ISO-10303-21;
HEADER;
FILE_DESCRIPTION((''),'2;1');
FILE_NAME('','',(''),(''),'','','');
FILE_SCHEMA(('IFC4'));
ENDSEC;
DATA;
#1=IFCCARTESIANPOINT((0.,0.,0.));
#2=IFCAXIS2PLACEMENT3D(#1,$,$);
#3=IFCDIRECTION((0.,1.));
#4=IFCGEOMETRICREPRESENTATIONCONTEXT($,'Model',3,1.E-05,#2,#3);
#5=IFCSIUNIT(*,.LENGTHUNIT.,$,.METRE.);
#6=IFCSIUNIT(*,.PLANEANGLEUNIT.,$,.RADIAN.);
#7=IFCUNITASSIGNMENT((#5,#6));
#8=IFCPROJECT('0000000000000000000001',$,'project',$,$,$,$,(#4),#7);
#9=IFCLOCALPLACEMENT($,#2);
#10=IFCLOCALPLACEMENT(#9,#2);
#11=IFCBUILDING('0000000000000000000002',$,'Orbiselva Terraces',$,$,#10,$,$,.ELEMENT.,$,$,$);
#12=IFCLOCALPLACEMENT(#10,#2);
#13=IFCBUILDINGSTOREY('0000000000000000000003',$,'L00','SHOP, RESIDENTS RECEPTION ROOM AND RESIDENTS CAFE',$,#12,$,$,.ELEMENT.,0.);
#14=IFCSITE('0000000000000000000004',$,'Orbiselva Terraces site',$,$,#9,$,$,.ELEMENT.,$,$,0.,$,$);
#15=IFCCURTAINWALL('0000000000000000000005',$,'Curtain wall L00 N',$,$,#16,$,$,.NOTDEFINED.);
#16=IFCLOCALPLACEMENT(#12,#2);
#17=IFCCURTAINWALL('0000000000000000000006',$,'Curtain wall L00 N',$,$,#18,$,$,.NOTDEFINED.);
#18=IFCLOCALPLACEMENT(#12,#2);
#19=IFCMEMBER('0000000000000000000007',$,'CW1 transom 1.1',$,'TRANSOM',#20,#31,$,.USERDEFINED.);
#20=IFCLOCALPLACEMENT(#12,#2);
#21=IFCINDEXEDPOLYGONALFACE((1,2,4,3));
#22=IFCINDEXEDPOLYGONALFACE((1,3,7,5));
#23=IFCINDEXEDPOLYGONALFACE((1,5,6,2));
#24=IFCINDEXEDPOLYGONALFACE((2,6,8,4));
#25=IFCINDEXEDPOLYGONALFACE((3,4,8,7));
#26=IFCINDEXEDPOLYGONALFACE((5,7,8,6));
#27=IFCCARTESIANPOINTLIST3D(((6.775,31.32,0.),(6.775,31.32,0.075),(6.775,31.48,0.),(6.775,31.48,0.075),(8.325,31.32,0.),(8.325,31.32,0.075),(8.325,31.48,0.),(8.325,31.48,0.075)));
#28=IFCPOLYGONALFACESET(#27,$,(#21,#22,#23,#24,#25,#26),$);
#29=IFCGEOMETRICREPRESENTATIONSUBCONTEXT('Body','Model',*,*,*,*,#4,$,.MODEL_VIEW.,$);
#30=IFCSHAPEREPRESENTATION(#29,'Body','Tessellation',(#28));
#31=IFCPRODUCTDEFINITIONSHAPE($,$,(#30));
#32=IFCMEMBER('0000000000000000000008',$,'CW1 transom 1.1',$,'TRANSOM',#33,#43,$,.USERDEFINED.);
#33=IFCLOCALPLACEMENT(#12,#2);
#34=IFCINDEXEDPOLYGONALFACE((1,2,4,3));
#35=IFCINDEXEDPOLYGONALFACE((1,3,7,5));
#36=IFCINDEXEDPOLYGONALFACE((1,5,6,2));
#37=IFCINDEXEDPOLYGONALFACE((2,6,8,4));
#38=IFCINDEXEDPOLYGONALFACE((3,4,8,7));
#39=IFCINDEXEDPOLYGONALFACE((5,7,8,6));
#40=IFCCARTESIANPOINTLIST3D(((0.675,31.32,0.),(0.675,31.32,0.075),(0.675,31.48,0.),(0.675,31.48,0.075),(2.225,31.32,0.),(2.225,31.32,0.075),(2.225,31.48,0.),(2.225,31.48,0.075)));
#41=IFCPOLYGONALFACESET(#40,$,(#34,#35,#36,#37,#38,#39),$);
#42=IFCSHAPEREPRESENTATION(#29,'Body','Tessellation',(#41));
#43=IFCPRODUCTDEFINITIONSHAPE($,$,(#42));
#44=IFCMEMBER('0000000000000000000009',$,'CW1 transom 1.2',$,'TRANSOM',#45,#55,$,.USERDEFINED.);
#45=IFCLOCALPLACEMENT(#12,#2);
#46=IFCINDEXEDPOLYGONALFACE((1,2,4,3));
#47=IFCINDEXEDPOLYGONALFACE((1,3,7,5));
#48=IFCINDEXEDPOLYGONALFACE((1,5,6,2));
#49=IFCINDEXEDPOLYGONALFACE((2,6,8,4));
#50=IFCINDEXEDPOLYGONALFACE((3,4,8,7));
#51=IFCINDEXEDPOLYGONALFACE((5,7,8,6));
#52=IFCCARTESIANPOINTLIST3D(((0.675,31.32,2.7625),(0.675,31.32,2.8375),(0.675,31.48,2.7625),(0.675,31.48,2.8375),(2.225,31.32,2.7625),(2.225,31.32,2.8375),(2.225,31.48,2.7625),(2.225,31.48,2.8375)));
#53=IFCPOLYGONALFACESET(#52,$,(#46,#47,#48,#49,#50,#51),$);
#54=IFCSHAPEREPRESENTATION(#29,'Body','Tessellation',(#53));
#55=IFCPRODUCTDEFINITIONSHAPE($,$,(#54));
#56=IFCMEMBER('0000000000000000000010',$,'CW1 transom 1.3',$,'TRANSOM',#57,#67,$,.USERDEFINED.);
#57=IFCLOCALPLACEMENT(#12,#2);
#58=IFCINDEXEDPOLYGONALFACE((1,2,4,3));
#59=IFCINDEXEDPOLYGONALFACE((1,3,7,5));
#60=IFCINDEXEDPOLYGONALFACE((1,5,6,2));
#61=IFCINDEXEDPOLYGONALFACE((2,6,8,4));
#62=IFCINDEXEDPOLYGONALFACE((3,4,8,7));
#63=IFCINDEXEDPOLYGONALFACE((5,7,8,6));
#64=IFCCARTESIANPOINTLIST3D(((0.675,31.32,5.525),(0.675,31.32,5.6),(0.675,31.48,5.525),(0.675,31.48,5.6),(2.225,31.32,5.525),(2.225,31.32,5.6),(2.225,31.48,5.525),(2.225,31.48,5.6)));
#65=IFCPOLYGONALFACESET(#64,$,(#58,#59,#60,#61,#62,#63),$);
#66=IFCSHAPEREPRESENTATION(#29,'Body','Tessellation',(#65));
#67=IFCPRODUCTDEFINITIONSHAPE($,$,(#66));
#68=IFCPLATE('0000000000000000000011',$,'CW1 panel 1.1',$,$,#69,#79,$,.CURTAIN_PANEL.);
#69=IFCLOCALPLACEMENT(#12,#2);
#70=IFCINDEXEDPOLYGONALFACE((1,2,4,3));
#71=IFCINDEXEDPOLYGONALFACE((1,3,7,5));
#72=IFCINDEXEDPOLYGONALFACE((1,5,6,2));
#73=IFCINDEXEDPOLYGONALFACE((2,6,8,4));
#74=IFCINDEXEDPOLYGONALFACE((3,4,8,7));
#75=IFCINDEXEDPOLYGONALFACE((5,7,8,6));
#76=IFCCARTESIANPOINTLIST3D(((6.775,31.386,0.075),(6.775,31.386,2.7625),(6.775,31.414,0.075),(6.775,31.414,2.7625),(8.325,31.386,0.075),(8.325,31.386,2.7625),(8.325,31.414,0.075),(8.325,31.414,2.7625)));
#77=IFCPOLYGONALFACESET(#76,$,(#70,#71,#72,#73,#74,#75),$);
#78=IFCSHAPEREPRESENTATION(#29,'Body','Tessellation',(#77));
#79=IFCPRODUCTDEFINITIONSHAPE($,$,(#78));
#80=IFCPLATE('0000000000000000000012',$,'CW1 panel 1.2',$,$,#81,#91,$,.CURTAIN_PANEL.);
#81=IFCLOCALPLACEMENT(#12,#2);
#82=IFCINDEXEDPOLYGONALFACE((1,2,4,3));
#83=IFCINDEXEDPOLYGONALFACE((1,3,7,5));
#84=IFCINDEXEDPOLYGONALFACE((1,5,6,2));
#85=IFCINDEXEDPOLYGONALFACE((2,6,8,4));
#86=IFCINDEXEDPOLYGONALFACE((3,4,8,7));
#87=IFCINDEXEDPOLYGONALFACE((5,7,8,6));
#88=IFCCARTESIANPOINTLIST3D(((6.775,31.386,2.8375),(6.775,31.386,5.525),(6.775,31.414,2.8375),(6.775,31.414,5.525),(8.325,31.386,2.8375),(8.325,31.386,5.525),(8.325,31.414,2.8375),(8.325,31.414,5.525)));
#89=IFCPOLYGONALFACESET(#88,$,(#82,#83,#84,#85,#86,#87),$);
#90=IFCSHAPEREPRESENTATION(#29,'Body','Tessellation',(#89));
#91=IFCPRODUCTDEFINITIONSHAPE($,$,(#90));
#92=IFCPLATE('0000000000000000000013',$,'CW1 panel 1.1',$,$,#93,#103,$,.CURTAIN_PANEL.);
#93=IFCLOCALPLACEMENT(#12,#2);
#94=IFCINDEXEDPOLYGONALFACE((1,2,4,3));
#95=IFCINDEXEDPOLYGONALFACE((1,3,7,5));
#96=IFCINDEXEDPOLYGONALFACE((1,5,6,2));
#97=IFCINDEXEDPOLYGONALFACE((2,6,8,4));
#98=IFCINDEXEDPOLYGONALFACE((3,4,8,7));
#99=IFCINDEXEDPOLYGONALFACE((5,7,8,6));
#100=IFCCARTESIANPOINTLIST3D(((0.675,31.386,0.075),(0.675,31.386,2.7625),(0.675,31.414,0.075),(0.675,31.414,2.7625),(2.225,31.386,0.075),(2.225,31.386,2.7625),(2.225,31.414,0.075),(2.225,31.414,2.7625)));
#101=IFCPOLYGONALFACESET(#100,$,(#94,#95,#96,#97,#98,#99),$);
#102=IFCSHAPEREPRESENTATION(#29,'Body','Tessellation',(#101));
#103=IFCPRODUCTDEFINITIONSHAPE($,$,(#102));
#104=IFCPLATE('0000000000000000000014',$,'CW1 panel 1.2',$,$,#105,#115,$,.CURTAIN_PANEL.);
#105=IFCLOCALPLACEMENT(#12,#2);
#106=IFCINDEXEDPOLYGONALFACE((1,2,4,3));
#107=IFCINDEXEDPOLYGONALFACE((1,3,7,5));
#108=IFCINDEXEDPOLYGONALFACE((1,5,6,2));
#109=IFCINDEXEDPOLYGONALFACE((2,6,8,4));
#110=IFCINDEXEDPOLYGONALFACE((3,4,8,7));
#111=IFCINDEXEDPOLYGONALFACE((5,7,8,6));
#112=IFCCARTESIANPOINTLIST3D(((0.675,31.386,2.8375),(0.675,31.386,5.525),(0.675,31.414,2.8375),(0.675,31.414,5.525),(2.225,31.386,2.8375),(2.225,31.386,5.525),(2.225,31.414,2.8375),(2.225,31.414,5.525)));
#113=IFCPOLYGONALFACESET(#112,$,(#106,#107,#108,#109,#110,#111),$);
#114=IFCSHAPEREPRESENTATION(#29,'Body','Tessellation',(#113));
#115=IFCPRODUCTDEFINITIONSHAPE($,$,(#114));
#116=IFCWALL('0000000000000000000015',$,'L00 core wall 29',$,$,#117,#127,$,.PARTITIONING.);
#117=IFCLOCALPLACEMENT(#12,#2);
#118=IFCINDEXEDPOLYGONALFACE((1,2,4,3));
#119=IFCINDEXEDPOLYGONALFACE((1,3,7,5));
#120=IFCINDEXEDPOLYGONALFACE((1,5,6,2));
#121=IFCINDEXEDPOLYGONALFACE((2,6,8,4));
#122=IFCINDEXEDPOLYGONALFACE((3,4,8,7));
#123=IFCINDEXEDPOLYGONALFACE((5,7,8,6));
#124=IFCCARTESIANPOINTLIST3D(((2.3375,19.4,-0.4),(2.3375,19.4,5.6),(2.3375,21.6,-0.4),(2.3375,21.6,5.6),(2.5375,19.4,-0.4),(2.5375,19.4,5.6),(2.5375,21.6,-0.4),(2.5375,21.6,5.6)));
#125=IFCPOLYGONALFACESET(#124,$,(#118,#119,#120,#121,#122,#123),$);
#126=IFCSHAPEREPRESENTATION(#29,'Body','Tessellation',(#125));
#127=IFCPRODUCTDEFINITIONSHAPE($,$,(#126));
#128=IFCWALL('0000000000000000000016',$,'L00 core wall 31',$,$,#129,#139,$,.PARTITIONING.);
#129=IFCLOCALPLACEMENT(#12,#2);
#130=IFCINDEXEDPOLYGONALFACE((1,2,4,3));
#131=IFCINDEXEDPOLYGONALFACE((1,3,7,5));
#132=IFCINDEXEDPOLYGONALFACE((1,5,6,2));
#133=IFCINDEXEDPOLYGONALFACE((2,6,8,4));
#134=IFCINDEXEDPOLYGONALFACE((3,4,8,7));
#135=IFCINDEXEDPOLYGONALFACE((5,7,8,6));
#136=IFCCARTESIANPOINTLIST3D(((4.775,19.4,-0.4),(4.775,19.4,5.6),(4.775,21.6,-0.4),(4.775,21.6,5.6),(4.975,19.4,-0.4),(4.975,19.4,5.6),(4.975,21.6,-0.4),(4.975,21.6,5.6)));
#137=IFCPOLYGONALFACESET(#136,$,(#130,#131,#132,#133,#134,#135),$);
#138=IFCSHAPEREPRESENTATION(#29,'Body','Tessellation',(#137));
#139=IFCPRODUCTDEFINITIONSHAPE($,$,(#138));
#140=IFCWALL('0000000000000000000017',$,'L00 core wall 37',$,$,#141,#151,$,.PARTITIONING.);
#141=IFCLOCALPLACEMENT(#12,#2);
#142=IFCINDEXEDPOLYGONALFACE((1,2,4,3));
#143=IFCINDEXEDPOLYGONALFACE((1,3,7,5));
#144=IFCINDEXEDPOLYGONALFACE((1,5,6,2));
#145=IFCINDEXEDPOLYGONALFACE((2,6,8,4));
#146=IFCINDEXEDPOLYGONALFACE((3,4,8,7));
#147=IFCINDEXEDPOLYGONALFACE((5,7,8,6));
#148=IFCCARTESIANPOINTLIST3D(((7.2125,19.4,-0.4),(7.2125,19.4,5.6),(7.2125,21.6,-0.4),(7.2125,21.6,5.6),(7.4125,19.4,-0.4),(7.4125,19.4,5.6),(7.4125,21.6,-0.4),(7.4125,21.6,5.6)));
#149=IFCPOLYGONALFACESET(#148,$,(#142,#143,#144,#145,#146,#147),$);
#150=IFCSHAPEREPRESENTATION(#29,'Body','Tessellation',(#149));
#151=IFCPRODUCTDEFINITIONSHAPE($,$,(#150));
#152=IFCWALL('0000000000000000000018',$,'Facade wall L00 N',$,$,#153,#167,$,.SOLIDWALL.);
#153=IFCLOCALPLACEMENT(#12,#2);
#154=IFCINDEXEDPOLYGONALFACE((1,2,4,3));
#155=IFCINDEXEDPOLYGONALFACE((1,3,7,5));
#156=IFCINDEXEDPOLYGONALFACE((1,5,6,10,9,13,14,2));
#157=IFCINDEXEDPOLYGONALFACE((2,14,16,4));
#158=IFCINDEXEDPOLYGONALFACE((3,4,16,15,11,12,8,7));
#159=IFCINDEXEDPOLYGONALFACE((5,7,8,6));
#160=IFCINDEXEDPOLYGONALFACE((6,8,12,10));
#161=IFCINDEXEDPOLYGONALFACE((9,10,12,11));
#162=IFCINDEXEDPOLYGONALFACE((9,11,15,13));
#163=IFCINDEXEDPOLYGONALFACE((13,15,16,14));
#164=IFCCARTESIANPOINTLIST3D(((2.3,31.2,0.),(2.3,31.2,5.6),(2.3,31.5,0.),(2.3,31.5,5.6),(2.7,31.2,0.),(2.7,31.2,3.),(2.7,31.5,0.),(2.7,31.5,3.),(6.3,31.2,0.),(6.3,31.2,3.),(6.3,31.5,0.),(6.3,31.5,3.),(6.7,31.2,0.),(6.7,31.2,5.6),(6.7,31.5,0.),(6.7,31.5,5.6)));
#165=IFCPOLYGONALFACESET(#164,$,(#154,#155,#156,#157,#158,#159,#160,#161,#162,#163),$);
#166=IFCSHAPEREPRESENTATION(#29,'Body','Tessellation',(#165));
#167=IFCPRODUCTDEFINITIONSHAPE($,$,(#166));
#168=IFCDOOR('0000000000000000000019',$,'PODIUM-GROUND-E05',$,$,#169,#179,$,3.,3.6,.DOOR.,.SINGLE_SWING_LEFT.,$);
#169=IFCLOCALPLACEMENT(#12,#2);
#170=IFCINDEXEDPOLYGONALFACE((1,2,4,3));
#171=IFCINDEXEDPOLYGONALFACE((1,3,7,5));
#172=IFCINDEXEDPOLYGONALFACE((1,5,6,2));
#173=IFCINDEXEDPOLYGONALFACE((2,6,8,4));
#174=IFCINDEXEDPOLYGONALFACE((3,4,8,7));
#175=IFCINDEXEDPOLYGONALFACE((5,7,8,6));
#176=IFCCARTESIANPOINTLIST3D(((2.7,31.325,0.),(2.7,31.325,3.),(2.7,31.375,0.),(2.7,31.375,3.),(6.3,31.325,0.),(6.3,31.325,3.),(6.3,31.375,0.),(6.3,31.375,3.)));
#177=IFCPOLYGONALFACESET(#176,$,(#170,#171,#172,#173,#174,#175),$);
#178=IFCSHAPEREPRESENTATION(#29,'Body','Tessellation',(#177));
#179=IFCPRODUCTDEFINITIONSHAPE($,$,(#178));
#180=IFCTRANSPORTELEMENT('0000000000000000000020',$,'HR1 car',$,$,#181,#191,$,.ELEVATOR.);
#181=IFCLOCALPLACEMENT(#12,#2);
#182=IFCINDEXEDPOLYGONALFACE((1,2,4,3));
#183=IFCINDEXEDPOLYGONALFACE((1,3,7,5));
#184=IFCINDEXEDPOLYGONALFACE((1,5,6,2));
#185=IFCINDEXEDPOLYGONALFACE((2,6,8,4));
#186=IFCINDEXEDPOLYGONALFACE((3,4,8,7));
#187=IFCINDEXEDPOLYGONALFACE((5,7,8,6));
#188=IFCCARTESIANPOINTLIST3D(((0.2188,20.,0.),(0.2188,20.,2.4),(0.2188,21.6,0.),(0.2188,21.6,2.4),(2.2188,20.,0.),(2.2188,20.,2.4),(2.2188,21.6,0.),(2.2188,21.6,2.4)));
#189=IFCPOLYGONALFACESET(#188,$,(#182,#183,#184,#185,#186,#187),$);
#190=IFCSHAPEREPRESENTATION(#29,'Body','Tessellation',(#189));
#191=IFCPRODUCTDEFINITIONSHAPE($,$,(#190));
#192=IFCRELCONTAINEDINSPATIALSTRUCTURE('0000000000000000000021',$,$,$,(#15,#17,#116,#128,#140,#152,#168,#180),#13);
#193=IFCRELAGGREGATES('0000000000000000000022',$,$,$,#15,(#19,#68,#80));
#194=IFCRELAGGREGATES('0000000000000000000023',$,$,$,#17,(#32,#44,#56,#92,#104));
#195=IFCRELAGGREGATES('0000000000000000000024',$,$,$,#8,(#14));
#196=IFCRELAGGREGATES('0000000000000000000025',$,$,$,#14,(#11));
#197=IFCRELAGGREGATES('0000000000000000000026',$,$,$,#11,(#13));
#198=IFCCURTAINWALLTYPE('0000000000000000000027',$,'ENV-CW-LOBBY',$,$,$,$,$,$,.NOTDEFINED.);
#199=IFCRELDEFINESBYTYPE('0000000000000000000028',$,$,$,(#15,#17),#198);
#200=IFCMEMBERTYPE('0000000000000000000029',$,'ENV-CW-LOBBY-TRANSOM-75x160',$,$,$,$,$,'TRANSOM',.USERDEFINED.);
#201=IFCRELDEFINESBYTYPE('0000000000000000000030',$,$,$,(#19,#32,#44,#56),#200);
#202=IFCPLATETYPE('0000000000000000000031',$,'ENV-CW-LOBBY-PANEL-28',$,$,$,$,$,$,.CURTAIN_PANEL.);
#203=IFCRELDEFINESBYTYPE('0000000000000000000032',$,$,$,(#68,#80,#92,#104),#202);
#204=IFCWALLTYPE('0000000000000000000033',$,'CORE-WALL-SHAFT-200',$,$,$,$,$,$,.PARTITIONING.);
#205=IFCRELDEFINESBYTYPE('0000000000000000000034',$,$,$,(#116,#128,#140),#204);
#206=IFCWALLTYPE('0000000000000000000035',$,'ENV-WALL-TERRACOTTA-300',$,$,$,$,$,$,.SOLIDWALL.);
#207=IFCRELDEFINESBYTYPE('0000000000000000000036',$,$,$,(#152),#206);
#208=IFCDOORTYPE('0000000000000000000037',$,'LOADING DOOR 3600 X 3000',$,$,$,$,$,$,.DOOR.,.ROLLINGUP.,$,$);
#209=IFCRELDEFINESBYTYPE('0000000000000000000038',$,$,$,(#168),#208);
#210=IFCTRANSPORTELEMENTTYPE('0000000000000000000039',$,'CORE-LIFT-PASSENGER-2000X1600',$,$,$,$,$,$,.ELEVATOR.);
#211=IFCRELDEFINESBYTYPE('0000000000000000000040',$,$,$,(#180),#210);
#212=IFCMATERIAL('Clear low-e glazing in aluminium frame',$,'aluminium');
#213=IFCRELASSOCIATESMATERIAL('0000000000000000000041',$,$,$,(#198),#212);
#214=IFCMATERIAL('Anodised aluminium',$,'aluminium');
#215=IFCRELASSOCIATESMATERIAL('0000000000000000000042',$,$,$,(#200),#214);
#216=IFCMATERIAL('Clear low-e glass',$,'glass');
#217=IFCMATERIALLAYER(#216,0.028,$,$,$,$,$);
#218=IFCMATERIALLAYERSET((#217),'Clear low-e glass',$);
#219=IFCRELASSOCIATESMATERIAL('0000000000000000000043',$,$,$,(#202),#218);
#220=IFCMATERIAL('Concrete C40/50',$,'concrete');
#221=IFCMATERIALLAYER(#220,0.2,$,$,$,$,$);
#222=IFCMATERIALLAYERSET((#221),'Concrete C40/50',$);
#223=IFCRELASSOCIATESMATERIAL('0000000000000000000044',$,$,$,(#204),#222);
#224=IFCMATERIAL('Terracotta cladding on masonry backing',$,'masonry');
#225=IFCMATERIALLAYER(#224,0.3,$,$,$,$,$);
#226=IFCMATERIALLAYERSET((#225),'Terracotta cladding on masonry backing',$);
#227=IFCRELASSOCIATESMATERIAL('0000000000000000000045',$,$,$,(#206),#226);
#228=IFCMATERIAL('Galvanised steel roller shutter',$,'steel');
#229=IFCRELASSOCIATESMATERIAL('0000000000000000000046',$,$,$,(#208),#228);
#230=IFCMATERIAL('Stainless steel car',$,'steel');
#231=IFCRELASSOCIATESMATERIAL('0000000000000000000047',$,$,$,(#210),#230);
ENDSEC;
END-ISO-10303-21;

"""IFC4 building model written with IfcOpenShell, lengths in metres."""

from ifc_helpers import new_model, si_unit, direction, frame, frame_2d, origin, origin_2d, place, context, subcontext, project, spatial, rectangle, extrude, material, layer, layer_set, material_profile, profile_set, type_object, element, fill, aggregate, save


model = new_model("IFC4")

# Units and contexts
model_context = context("Model", 3, precision=1e-05, world=origin(), true_north=direction((0.0, 1.0)))
body_context = subcontext(model_context, "Body", "Model", "MODEL_VIEW")
ifc_project = project(units=[si_unit("LENGTHUNIT", "METRE"), si_unit("PLANEANGLEUNIT", "RADIAN")], contexts=[model_context])

# Site, building, storey
site_placement = place(None, origin())
site = spatial("IfcSite", under=ifc_project, at=site_placement, Name="Orbiselva Terraces site", CompositionType="ELEMENT", RefElevation=0.0)
building_placement = place(site_placement, origin())
building = spatial("IfcBuilding", under=site, at=building_placement, Name="Orbiselva Terraces", CompositionType="ELEMENT")
storey_placement = place(building_placement, origin())
storey = spatial("IfcBuildingStorey", under=building, at=storey_placement, Name="L00", Description="SHOP, RESIDENTS RECEPTION ROOM AND RESIDENTS CAFE", CompositionType="ELEMENT", Elevation=0.0)

# Shared definitions
ifc_material_1 = material(Name="Concrete C40/50", Category="concrete")

# Curtain wall
ifc_material_2 = material(Name="Clear low-e glazing in aluminium frame", Category="aluminium")
curtain_wall_type = type_object("IfcCurtainWallType", Name="ENV-CW-LOBBY", PredefinedType="NOTDEFINED", material=ifc_material_2)
curtain_wall_1_placement = place(storey_placement, origin())
curtain_wall_1 = element("IfcCurtainWall", 1, at=curtain_wall_1_placement, inside=storey, type_object=curtain_wall_type, Name="Curtain wall L00 N", PredefinedType="NOTDEFINED")
ifc_material_3 = material(Name="Anodised aluminium", Category="aluminium")

# Curtain wall
curtain_wall_2_placement = place(storey_placement, origin())
curtain_wall_2 = element("IfcCurtainWall", 2, at=curtain_wall_2_placement, inside=storey, type_object=curtain_wall_type, Name="Curtain wall L00 N", PredefinedType="NOTDEFINED")

# Members
ifc_material_profile_1 = material_profile(ifc_material_3, rectangle(XDim=0.16, YDim=0.075, at=origin_2d()), Name="AL 75x160")
ifc_profile_set_1 = profile_set([ifc_material_profile_1], Name="Anodised aluminium")
member_type_1 = type_object("IfcMemberType", Name="ENV-CW-LOBBY-TRANSOM-75x160", ElementType="TRANSOM", PredefinedType="USERDEFINED", material=ifc_profile_set_1)
member_1_placement = place(storey_placement, frame((8.325, 31.4, 0.0375), z_axis=(-1.0, 0.0, 0.0), x_axis=(0.0, -1.0, 0.0)))
member_1 = element("IfcMember", 3, at=member_1_placement, type_object=member_type_1, Name="CW1 transom 1.1", ObjectType="TRANSOM", PredefinedType="USERDEFINED", context=body_context, shape_type="SweptSolid", body=[
    extrude(rectangle(XDim=0.16, YDim=0.075, at=origin_2d()), origin(), (0.0, 0.0, 1.0), 1.55),
])
member_2_placement = place(storey_placement, frame((2.225, 31.4, 0.0375), z_axis=(-1.0, 0.0, 0.0), x_axis=(0.0, -1.0, 0.0)))
member_2 = element("IfcMember", 4, at=member_2_placement, type_object=member_type_1, Name="CW1 transom 1.1", ObjectType="TRANSOM", PredefinedType="USERDEFINED", context=body_context, shape_type="SweptSolid", body=[
    extrude(rectangle(XDim=0.16, YDim=0.075, at=origin_2d()), origin(), (0.0, 0.0, 1.0), 1.55),
])
member_3_placement = place(storey_placement, frame((2.225, 31.4, 2.8), z_axis=(-1.0, 0.0, 0.0), x_axis=(0.0, -1.0, 0.0)))
member_3 = element("IfcMember", 5, at=member_3_placement, type_object=member_type_1, Name="CW1 transom 1.2", ObjectType="TRANSOM", PredefinedType="USERDEFINED", context=body_context, shape_type="SweptSolid", body=[
    extrude(rectangle(XDim=0.16, YDim=0.075, at=origin_2d()), origin(), (0.0, 0.0, 1.0), 1.55),
])
member_4_placement = place(storey_placement, frame((2.225, 31.4, 5.5625), z_axis=(-1.0, 0.0, 0.0), x_axis=(0.0, -1.0, 0.0)))
member_4 = element("IfcMember", 6, at=member_4_placement, type_object=member_type_1, Name="CW1 transom 1.3", ObjectType="TRANSOM", PredefinedType="USERDEFINED", context=body_context, shape_type="SweptSolid", body=[
    extrude(rectangle(XDim=0.16, YDim=0.075, at=origin_2d()), origin(), (0.0, 0.0, 1.0), 1.55),
])

# Plates
ifc_material_4 = material(Name="Clear low-e glass", Category="glass")
ifc_layer_1 = layer(ifc_material_4, 0.028)
ifc_layer_set_1 = layer_set([ifc_layer_1], Name="Clear low-e glass")
plate_type = type_object("IfcPlateType", Name="ENV-CW-LOBBY-PANEL-28", PredefinedType="CURTAIN_PANEL", material=ifc_layer_set_1)
plate_1_placement = place(storey_placement, frame((7.55, 31.4, 0.075), z_axis=(0.0, 0.0, 1.0), x_axis=(-1.0, 0.0, 0.0)))
plate_1 = element("IfcPlate", 7, at=plate_1_placement, type_object=plate_type, Name="CW1 panel 1.1", PredefinedType="CURTAIN_PANEL", context=body_context, shape_type="SweptSolid", body=[
    extrude(rectangle(XDim=1.55, YDim=0.028, at=origin_2d()), origin(), (0.0, 0.0, 1.0), 2.6875),
])
plate_2_placement = place(storey_placement, frame((7.55, 31.4, 2.8375), z_axis=(0.0, 0.0, 1.0), x_axis=(-1.0, 0.0, 0.0)))
plate_2 = element("IfcPlate", 8, at=plate_2_placement, type_object=plate_type, Name="CW1 panel 1.2", PredefinedType="CURTAIN_PANEL", context=body_context, shape_type="SweptSolid", body=[
    extrude(rectangle(XDim=1.55, YDim=0.028, at=origin_2d()), origin(), (0.0, 0.0, 1.0), 2.6875),
])
aggregate(curtain_wall_1, [member_1, plate_1, plate_2])
plate_3_placement = place(storey_placement, frame((1.45, 31.4, 0.075), z_axis=(0.0, 0.0, 1.0), x_axis=(-1.0, 0.0, 0.0)))
plate_3 = element("IfcPlate", 9, at=plate_3_placement, type_object=plate_type, Name="CW1 panel 1.1", PredefinedType="CURTAIN_PANEL", context=body_context, shape_type="SweptSolid", body=[
    extrude(rectangle(XDim=1.55, YDim=0.028, at=origin_2d()), origin(), (0.0, 0.0, 1.0), 2.6875),
])
plate_4_placement = place(storey_placement, frame((1.45, 31.4, 2.8375), z_axis=(0.0, 0.0, 1.0), x_axis=(-1.0, 0.0, 0.0)))
plate_4 = element("IfcPlate", 10, at=plate_4_placement, type_object=plate_type, Name="CW1 panel 1.2", PredefinedType="CURTAIN_PANEL", context=body_context, shape_type="SweptSolid", body=[
    extrude(rectangle(XDim=1.55, YDim=0.028, at=origin_2d()), origin(), (0.0, 0.0, 1.0), 2.6875),
])
aggregate(curtain_wall_2, [member_2, member_3, member_4, plate_3, plate_4])

# Walls
ifc_layer_2 = layer(ifc_material_1, 0.2)
ifc_layer_set_2 = layer_set([ifc_layer_2], Name="Concrete C40/50")
wall_type_1 = type_object("IfcWallType", Name="CORE-WALL-SHAFT-200", PredefinedType="PARTITIONING", material=ifc_layer_set_2)
for number, where, z_axis, x_axis, name in (
    (11, (2.4375, 19.4, -0.4), (0.0, 0.0, 1.0), (0.0, 1.0, 0.0), "L00 core wall 29"),
    (12, (4.875, 19.4, -0.4), (0.0, 0.0, 1.0), (0.0, 1.0, 0.0), "L00 core wall 31"),
    (13, (7.3125, 19.4, -0.4), (0.0, 0.0, 1.0), (0.0, 1.0, 0.0), "L00 core wall 37"),
):
    element("IfcWall", number, at=place(storey_placement, frame(where, z_axis=z_axis, x_axis=x_axis)), inside=storey, type_object=wall_type_1, Name=name, PredefinedType="PARTITIONING", context=body_context, shape_type="SweptSolid", body=[
        extrude(rectangle(XDim=2.2, YDim=0.2, at=frame_2d((1.1, 0.0))), origin(), (0.0, 0.0, 1.0), 6.0),
    ])

# Wall, opening, door
ifc_material_5 = material(Name="Terracotta cladding on masonry backing", Category="masonry")
ifc_layer_3 = layer(ifc_material_5, 0.3)
ifc_layer_set_3 = layer_set([ifc_layer_3], Name="Terracotta cladding on masonry backing")
wall_type_2 = type_object("IfcWallType", Name="ENV-WALL-TERRACOTTA-300", PredefinedType="SOLIDWALL", material=ifc_layer_set_3)
wall_placement = place(storey_placement, frame((2.3, 31.35, 0.0), z_axis=(0.0, 0.0, 1.0), x_axis=(1.0, 0.0, 0.0)))
wall = element("IfcWall", 14, at=wall_placement, inside=storey, type_object=wall_type_2, Name="Facade wall L00 N", PredefinedType="SOLIDWALL", context=body_context, shape_type="SweptSolid", body=[
    extrude(rectangle(XDim=4.4, YDim=0.3, at=frame_2d((2.2, 0.0))), origin(), (0.0, 0.0, 1.0), 5.6),
])
opening_placement = place(wall_placement, frame((0.4, 0.0, 0.0)))
opening = element("IfcOpeningElement", 15, at=opening_placement, cuts=wall, PredefinedType="OPENING", context=body_context, shape_type="SweptSolid", body=[
    extrude(rectangle(XDim=3.6, YDim=3.0, at=frame_2d((1.8, 1.5))), frame((0.0, 0.16, 0.0), z_axis=(0.0, -1.0, 0.0), x_axis=(1.0, 0.0, 0.0)), (0.0, 0.0, 1.0), 0.32),
])
ifc_material_6 = material(Name="Galvanised steel roller shutter", Category="steel")
door_type = type_object("IfcDoorType", Name="LOADING DOOR 3600 X 3000", OperationType="ROLLINGUP", PredefinedType="DOOR", material=ifc_material_6)
door_placement = place(opening_placement, origin())
door = element("IfcDoor", 16, at=door_placement, inside=storey, type_object=door_type, Name="PODIUM-GROUND-E05", OperationType="SINGLE_SWING_LEFT", OverallHeight=3.0, OverallWidth=3.6, PredefinedType="DOOR", context=body_context, shape_type="SweptSolid", body=[
    extrude(rectangle(XDim=3.6, YDim=3.0, at=frame_2d((1.8, 1.5))), frame((0.0, 0.025, 0.0), z_axis=(0.0, -1.0, 0.0), x_axis=(1.0, 0.0, 0.0)), (0.0, 0.0, 1.0), 0.05),
])
fill(opening, door)

# Transport element
ifc_material_7 = material(Name="Stainless steel car", Category="steel")
transport_element_type = type_object("IfcTransportElementType", Name="CORE-LIFT-PASSENGER-2000X1600", PredefinedType="ELEVATOR", material=ifc_material_7)
for number, where, z_axis, x_axis, name in (
    (17, (1.2188, 20.8, 0.0), (0.0, 0.0, 1.0), (1.0, 0.0, 0.0), "HR1 car"),
):
    element("IfcTransportElement", number, at=place(storey_placement, frame(where, z_axis=z_axis, x_axis=x_axis)), inside=storey, type_object=transport_element_type, Name=name, PredefinedType="ELEVATOR", context=body_context, shape_type="SweptSolid", body=[
        extrude(rectangle(XDim=2.0, YDim=1.6, at=origin_2d()), origin(), (0.0, 0.0, 1.0), 2.4),
    ])

save(model, "model.ifc")
